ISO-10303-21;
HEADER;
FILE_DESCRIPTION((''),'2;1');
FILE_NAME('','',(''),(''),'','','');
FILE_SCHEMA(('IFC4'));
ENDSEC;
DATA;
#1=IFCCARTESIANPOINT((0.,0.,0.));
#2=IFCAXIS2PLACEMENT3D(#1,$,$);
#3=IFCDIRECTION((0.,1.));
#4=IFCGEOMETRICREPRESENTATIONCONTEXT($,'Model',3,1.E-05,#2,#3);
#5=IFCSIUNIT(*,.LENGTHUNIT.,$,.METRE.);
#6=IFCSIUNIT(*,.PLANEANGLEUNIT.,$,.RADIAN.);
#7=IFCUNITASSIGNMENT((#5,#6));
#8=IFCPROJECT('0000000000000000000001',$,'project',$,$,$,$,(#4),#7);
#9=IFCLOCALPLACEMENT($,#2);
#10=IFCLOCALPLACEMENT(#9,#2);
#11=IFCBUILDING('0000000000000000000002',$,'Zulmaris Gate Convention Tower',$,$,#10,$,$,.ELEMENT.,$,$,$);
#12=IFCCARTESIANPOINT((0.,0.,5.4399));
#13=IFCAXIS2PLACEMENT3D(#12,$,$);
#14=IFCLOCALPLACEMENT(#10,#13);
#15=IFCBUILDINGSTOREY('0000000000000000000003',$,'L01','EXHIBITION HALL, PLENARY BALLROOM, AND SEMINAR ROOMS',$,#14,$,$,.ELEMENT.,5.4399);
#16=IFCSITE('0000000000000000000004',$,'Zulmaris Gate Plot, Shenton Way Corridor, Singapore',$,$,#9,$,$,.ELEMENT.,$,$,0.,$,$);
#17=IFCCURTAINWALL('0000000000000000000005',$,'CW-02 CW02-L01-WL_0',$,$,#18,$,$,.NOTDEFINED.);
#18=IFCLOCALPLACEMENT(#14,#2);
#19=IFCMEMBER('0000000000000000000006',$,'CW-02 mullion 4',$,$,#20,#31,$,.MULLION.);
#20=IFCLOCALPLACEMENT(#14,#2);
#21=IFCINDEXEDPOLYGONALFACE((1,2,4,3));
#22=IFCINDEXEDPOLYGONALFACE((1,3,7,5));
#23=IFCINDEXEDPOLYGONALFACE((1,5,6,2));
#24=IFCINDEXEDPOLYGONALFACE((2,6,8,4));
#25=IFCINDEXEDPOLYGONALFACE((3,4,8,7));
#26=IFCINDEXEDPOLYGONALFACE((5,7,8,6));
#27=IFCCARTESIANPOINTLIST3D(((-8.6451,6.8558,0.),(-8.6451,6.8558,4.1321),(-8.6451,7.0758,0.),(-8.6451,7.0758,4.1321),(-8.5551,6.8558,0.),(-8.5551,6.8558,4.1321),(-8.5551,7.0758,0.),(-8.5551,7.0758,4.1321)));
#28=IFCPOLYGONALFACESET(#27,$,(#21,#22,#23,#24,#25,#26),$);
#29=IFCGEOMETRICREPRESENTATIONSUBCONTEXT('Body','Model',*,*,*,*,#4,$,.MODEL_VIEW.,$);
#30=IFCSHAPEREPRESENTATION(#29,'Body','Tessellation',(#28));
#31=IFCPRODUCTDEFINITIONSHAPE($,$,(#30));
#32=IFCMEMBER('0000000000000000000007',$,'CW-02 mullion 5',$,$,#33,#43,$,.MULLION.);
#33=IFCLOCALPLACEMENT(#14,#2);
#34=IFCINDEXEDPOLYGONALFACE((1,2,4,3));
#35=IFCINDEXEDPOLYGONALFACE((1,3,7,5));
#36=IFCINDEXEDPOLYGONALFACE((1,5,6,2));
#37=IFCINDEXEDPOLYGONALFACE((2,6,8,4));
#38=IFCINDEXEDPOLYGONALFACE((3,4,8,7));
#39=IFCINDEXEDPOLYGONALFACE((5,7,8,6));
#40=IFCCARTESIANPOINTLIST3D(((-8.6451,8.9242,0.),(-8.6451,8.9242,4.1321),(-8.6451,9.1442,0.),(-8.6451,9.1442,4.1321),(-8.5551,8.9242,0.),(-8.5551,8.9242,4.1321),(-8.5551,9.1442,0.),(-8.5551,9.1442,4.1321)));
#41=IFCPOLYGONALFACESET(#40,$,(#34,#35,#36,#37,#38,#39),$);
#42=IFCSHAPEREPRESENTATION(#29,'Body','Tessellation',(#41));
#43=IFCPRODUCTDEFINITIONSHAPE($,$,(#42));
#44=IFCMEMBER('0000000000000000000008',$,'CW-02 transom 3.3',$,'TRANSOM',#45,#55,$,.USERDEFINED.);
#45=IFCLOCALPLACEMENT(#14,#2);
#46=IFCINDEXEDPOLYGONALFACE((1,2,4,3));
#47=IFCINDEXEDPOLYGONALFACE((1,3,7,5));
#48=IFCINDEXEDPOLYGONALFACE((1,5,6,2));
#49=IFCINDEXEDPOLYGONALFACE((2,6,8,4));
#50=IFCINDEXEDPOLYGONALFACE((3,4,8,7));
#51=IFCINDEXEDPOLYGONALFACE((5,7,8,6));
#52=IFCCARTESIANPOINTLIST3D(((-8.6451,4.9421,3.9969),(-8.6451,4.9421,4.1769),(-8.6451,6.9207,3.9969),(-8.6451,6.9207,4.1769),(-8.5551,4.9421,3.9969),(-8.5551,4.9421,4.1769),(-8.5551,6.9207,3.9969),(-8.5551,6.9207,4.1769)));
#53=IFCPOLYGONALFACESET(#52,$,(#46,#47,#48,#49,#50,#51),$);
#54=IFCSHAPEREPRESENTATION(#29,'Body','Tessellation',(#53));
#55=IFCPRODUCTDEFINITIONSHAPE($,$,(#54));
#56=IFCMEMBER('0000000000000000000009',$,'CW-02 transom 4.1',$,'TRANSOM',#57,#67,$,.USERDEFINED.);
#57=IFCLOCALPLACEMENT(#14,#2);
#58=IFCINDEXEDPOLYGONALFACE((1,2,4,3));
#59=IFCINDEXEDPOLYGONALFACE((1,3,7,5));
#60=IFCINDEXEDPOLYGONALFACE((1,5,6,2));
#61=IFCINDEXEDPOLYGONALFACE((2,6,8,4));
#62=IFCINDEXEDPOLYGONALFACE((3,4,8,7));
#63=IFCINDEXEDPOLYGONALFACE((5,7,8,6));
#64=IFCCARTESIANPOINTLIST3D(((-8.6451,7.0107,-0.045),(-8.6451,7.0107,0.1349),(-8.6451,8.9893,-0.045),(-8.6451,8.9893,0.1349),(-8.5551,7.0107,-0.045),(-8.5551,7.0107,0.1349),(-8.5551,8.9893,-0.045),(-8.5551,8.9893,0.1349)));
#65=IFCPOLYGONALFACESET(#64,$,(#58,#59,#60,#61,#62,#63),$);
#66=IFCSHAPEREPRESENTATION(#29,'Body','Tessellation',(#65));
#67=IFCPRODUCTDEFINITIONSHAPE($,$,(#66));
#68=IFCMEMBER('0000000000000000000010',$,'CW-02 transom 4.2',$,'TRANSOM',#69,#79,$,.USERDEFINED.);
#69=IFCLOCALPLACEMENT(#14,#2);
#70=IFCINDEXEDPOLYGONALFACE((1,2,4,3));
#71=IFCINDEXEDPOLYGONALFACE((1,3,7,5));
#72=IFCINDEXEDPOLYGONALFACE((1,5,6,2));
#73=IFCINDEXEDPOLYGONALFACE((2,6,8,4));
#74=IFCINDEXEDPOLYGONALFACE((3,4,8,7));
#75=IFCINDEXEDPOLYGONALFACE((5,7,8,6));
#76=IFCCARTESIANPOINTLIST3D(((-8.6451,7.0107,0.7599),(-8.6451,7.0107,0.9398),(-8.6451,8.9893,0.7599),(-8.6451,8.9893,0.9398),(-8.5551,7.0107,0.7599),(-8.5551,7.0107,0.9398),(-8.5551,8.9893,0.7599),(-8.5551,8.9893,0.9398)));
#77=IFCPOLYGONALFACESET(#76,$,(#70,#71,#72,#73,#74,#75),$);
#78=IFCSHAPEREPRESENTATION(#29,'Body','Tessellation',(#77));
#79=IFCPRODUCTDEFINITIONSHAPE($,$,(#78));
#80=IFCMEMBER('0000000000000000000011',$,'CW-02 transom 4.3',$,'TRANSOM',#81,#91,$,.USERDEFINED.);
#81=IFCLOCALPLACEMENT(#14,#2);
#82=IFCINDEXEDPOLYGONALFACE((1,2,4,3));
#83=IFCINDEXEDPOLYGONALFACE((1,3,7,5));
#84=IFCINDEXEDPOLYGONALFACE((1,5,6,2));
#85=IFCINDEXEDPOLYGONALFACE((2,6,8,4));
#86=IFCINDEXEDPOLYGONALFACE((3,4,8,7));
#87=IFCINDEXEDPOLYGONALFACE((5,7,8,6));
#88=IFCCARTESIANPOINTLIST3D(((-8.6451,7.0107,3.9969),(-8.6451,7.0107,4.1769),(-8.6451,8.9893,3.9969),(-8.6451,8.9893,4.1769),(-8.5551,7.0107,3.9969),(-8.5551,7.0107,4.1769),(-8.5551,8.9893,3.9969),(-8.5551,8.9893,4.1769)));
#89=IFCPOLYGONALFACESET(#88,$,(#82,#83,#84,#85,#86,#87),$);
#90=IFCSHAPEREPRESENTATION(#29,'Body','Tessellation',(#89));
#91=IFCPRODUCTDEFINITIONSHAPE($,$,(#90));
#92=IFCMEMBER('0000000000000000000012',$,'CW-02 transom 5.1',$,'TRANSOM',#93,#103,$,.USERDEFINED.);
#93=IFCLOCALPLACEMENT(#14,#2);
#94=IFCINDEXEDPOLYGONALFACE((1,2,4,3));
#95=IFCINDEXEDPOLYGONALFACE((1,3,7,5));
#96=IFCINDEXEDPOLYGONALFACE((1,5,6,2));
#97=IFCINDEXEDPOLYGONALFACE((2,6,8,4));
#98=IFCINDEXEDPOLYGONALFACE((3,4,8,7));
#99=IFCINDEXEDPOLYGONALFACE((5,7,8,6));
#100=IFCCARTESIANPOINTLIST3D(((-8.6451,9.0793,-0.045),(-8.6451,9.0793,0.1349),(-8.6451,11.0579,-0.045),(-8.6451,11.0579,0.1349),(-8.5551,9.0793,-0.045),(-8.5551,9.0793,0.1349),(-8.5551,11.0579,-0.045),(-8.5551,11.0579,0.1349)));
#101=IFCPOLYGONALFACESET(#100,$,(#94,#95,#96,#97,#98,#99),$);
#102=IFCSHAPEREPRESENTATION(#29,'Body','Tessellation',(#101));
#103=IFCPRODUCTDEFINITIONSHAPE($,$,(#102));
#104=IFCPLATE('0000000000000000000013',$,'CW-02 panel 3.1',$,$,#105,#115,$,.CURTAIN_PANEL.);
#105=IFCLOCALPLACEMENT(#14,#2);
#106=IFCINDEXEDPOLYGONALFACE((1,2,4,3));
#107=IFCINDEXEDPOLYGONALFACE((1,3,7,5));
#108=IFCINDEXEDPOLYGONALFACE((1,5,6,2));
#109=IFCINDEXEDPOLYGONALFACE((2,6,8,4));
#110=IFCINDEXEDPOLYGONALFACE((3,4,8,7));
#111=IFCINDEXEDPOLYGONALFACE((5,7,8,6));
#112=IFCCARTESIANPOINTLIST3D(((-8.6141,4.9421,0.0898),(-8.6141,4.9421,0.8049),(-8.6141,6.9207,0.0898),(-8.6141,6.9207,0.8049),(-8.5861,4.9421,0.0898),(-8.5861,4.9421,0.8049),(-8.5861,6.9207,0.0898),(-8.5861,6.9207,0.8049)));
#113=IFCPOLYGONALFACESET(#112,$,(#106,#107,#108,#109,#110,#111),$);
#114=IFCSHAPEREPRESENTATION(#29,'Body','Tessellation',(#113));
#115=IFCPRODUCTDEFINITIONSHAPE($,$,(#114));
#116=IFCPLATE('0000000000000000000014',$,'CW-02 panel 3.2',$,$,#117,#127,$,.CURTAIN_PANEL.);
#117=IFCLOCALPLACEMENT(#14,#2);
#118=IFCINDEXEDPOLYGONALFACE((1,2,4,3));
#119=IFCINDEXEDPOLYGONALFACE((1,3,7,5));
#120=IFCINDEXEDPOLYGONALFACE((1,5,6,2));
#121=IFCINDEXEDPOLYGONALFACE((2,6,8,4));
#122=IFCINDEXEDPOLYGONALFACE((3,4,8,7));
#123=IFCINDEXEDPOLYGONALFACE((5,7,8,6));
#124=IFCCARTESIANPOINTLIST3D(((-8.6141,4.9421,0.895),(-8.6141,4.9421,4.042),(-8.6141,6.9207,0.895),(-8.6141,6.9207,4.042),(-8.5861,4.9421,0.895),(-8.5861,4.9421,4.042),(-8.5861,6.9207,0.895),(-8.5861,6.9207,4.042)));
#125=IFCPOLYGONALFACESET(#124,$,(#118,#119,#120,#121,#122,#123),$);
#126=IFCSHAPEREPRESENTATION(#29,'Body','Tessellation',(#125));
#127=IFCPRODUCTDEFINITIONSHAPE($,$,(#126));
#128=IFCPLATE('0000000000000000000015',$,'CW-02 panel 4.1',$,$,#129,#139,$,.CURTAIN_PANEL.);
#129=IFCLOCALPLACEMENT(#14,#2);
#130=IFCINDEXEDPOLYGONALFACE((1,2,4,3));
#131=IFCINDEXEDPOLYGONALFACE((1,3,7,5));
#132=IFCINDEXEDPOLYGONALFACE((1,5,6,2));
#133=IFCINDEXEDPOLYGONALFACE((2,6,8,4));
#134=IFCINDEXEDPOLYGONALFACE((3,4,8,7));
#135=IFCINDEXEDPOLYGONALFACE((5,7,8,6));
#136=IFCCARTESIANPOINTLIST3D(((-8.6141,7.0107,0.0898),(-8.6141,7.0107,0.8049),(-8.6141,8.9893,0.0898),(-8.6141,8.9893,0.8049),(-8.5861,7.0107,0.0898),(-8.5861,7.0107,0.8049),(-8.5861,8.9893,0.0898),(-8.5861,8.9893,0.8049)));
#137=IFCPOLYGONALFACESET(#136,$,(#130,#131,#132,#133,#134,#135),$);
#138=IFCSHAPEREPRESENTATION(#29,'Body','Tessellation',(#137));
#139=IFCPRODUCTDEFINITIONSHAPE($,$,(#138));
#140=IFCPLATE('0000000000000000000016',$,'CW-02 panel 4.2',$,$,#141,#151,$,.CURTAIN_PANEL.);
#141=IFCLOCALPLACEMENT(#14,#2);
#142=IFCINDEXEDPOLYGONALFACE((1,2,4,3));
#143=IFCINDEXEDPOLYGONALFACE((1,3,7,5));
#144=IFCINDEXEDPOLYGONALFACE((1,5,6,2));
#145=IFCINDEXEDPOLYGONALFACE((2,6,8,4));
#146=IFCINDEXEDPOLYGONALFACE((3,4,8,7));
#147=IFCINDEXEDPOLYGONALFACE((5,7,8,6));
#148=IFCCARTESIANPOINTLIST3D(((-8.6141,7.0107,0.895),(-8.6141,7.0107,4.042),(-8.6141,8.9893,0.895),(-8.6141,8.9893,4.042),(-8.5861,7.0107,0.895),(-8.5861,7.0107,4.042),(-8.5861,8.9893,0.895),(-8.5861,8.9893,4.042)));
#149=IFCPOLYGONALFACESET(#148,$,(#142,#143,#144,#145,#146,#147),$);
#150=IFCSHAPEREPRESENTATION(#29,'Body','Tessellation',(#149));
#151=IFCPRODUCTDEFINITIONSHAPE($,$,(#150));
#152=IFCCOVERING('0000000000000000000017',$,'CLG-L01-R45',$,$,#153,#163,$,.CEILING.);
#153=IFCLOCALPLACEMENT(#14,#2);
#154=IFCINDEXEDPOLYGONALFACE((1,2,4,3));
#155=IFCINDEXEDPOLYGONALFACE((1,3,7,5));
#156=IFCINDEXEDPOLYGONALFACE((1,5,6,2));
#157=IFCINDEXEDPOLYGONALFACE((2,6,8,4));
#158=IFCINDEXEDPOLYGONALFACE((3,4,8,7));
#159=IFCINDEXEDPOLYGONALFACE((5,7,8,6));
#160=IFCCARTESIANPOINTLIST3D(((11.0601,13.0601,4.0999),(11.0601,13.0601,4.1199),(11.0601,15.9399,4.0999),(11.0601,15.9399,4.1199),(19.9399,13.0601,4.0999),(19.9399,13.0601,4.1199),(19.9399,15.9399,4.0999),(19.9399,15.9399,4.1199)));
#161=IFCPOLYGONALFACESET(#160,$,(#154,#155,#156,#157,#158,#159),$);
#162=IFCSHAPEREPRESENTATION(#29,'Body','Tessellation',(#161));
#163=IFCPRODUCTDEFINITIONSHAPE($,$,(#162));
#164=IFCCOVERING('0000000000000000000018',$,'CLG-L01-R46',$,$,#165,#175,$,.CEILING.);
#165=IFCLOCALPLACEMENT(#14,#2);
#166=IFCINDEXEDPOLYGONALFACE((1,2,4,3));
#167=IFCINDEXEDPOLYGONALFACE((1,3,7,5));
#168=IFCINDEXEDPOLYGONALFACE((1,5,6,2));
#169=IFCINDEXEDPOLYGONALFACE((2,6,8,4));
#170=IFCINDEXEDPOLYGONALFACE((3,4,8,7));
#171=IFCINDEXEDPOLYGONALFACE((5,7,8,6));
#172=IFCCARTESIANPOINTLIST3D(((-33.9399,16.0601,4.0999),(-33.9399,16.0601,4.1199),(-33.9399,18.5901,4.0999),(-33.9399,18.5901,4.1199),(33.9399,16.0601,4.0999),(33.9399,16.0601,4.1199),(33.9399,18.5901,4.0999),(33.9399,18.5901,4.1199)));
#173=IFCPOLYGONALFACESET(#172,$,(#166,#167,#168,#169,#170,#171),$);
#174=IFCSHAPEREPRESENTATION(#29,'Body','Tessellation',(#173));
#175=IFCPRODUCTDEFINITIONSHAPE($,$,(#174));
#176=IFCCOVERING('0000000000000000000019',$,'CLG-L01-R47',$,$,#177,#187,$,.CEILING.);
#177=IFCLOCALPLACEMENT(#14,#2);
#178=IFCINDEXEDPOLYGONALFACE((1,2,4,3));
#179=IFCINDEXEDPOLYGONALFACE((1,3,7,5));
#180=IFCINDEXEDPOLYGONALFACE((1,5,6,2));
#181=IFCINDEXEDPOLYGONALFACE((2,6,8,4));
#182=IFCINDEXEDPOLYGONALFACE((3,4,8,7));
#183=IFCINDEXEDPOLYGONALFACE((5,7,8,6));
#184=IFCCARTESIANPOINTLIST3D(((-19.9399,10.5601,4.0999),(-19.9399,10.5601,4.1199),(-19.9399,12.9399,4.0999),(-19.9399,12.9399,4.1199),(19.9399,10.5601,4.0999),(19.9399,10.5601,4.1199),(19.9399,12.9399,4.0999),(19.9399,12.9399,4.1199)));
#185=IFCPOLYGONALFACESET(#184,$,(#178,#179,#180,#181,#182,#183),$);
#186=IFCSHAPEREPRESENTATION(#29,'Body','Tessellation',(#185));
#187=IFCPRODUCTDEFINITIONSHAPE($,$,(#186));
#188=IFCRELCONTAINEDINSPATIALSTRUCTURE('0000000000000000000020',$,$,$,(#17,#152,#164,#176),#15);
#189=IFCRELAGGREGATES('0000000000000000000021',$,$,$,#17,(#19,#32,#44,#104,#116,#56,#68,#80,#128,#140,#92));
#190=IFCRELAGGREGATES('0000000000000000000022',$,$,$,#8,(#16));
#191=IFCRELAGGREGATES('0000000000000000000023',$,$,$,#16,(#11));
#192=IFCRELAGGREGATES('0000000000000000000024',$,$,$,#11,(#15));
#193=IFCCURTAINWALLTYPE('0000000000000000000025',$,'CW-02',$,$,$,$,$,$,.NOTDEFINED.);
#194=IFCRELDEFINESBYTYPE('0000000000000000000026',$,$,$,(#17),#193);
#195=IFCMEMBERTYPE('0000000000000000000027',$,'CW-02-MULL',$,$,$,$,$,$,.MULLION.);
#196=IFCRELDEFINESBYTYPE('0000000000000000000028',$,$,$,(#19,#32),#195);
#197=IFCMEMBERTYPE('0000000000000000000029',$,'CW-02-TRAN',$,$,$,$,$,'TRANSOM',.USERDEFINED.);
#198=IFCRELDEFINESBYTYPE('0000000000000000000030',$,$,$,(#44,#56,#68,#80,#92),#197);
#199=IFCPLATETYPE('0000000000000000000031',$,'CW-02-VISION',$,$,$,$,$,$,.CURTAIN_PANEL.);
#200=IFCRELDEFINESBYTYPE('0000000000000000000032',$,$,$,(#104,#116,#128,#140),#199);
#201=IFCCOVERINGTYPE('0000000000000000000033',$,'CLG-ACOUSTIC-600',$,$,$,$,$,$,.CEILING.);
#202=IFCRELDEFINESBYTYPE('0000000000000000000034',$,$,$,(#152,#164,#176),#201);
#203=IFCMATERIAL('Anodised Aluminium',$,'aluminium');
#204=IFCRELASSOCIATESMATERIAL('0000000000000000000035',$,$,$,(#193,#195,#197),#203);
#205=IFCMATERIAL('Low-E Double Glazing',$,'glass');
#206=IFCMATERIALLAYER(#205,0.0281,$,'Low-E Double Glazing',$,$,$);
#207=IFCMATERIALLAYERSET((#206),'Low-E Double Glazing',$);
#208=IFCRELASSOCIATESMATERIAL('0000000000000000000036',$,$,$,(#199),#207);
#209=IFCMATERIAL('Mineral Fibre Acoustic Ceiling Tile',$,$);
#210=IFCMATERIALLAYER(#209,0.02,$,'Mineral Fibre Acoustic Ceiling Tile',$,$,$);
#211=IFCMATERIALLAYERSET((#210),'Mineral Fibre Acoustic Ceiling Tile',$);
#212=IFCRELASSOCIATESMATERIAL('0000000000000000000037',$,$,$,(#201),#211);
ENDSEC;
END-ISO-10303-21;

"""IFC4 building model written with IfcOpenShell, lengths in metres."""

from ifc_helpers import new_model, si_unit, direction, frame, origin, origin_2d, place, context, subcontext, project, spatial, polyline, rectangle, outline, extrude, material, layer, layer_set, material_profile, profile_set, type_object, element, aggregate, save


model = new_model("IFC4")

# Units and contexts
model_context = context("Model", 3, precision=1e-05, world=origin(), true_north=direction((0.0, 1.0)))
body_context = subcontext(model_context, "Body", "Model", "MODEL_VIEW")
ifc_project = project(units=[si_unit("LENGTHUNIT", "METRE"), si_unit("PLANEANGLEUNIT", "RADIAN")], contexts=[model_context])

# Site, building, storey
site_placement = place(None, origin())
site = spatial("IfcSite", under=ifc_project, at=site_placement, Name="Zulmaris Gate Plot, Shenton Way Corridor, Singapore", CompositionType="ELEMENT", RefElevation=0.0)
building_placement = place(site_placement, origin())
building = spatial("IfcBuilding", under=site, at=building_placement, Name="Zulmaris Gate Convention Tower", CompositionType="ELEMENT")
storey_placement = place(building_placement, frame((0.0, 0.0, 5.4399)))
storey = spatial("IfcBuildingStorey", under=building, at=storey_placement, Name="L01", Description="EXHIBITION HALL, PLENARY BALLROOM, AND SEMINAR ROOMS", CompositionType="ELEMENT", Elevation=5.4399)

# Curtain wall, members, plates
ifc_material_1 = material(Name="Anodised Aluminium", Category="aluminium")
curtain_wall_type = type_object("IfcCurtainWallType", Name="CW-02", PredefinedType="NOTDEFINED", material=ifc_material_1)
curtain_wall_placement = place(storey_placement, origin())
curtain_wall = element("IfcCurtainWall", 1, at=curtain_wall_placement, inside=storey, type_object=curtain_wall_type, Name="CW-02 CW02-L01-WL_0", PredefinedType="NOTDEFINED")
ifc_material_profile_1 = material_profile(ifc_material_1, rectangle(XDim=0.0901, YDim=0.22, at=origin_2d()), Name="ALU MULLION 90x220")
ifc_profile_set_1 = profile_set([ifc_material_profile_1], Name="Anodised Aluminium")
member_type_1 = type_object("IfcMemberType", Name="CW-02-MULL", PredefinedType="MULLION", material=ifc_profile_set_1)
member_1_placement = place(storey_placement, frame((-8.6001, 6.9658, 0.0), z_axis=(0.0, 0.0, 1.0), x_axis=(-1.0, 0.0, 0.0)))
member_1 = element("IfcMember", 2, at=member_1_placement, type_object=member_type_1, Name="CW-02 mullion 4", PredefinedType="MULLION", context=body_context, shape_type="SweptSolid", body=[
    extrude(rectangle(XDim=0.0901, YDim=0.22, at=origin_2d()), origin(), (0.0, 0.0, 1.0), 4.1321),
])
member_2_placement = place(storey_placement, frame((-8.6001, 9.0342, 0.0), z_axis=(0.0, 0.0, 1.0), x_axis=(-1.0, 0.0, 0.0)))
member_2 = element("IfcMember", 3, at=member_2_placement, type_object=member_type_1, Name="CW-02 mullion 5", PredefinedType="MULLION", context=body_context, shape_type="SweptSolid", body=[
    extrude(rectangle(XDim=0.0901, YDim=0.22, at=origin_2d()), origin(), (0.0, 0.0, 1.0), 4.1321),
])
ifc_material_profile_2 = material_profile(ifc_material_1, rectangle(XDim=0.0901, YDim=0.1799, at=origin_2d()), Name="ALU TRANSOM 90x180")
ifc_profile_set_2 = profile_set([ifc_material_profile_2], Name="Anodised Aluminium")
member_type_2 = type_object("IfcMemberType", Name="CW-02-TRAN", ElementType="TRANSOM", PredefinedType="USERDEFINED", material=ifc_profile_set_2)
member_3_placement = place(storey_placement, frame((-8.6001, 4.9421, 4.0869), z_axis=(0.0, 1.0, 0.0), x_axis=(-1.0, 0.0, 0.0)))
member_3 = element("IfcMember", 4, at=member_3_placement, type_object=member_type_2, Name="CW-02 transom 3.3", ObjectType="TRANSOM", PredefinedType="USERDEFINED", context=body_context, shape_type="SweptSolid", body=[
    extrude(rectangle(XDim=0.0901, YDim=0.1799, at=origin_2d()), origin(), (0.0, 0.0, 1.0), 1.9785),
])
member_4_placement = place(storey_placement, frame((-8.6001, 7.0107, 0.0449), z_axis=(0.0, 1.0, 0.0), x_axis=(-1.0, 0.0, 0.0)))
member_4 = element("IfcMember", 5, at=member_4_placement, type_object=member_type_2, Name="CW-02 transom 4.1", ObjectType="TRANSOM", PredefinedType="USERDEFINED", context=body_context, shape_type="SweptSolid", body=[
    extrude(rectangle(XDim=0.0901, YDim=0.1799, at=origin_2d()), origin(), (0.0, 0.0, 1.0), 1.9785),
])
member_5_placement = place(storey_placement, frame((-8.6001, 7.0107, 0.8499), z_axis=(0.0, 1.0, 0.0), x_axis=(-1.0, 0.0, 0.0)))
member_5 = element("IfcMember", 6, at=member_5_placement, type_object=member_type_2, Name="CW-02 transom 4.2", ObjectType="TRANSOM", PredefinedType="USERDEFINED", context=body_context, shape_type="SweptSolid", body=[
    extrude(rectangle(XDim=0.0901, YDim=0.1799, at=origin_2d()), origin(), (0.0, 0.0, 1.0), 1.9785),
])
member_6_placement = place(storey_placement, frame((-8.6001, 7.0107, 4.0869), z_axis=(0.0, 1.0, 0.0), x_axis=(-1.0, 0.0, 0.0)))
member_6 = element("IfcMember", 7, at=member_6_placement, type_object=member_type_2, Name="CW-02 transom 4.3", ObjectType="TRANSOM", PredefinedType="USERDEFINED", context=body_context, shape_type="SweptSolid", body=[
    extrude(rectangle(XDim=0.0901, YDim=0.1799, at=origin_2d()), origin(), (0.0, 0.0, 1.0), 1.9785),
])
member_7_placement = place(storey_placement, frame((-8.6001, 9.0793, 0.0449), z_axis=(0.0, 1.0, 0.0), x_axis=(-1.0, 0.0, 0.0)))
member_7 = element("IfcMember", 8, at=member_7_placement, type_object=member_type_2, Name="CW-02 transom 5.1", ObjectType="TRANSOM", PredefinedType="USERDEFINED", context=body_context, shape_type="SweptSolid", body=[
    extrude(rectangle(XDim=0.0901, YDim=0.1799, at=origin_2d()), origin(), (0.0, 0.0, 1.0), 1.9785),
])
ifc_material_2 = material(Name="Low-E Double Glazing", Category="glass")
ifc_layer_1 = layer(ifc_material_2, 0.0281, Name="Low-E Double Glazing")
ifc_layer_set_1 = layer_set([ifc_layer_1], Name="Low-E Double Glazing")
plate_type = type_object("IfcPlateType", Name="CW-02-VISION", PredefinedType="CURTAIN_PANEL", material=ifc_layer_set_1)
plate_1_placement = place(storey_placement, frame((-8.6001, 5.9314, 0.0898), z_axis=(0.0, 0.0, 1.0), x_axis=(0.0, 1.0, 0.0)))
plate_1 = element("IfcPlate", 9, at=plate_1_placement, type_object=plate_type, Name="CW-02 panel 3.1", PredefinedType="CURTAIN_PANEL", context=body_context, shape_type="SweptSolid", body=[
    extrude(rectangle(XDim=1.9785, YDim=0.0281, at=origin_2d()), origin(), (0.0, 0.0, 1.0), 0.7151),
])
plate_2_placement = place(storey_placement, frame((-8.6001, 5.9314, 0.895), z_axis=(0.0, 0.0, 1.0), x_axis=(0.0, 1.0, 0.0)))
plate_2 = element("IfcPlate", 10, at=plate_2_placement, type_object=plate_type, Name="CW-02 panel 3.2", PredefinedType="CURTAIN_PANEL", context=body_context, shape_type="SweptSolid", body=[
    extrude(rectangle(XDim=1.9785, YDim=0.0281, at=origin_2d()), origin(), (0.0, 0.0, 1.0), 3.147),
])
plate_3_placement = place(storey_placement, frame((-8.6001, 8.0, 0.0898), z_axis=(0.0, 0.0, 1.0), x_axis=(0.0, 1.0, 0.0)))
plate_3 = element("IfcPlate", 11, at=plate_3_placement, type_object=plate_type, Name="CW-02 panel 4.1", PredefinedType="CURTAIN_PANEL", context=body_context, shape_type="SweptSolid", body=[
    extrude(rectangle(XDim=1.9785, YDim=0.0281, at=origin_2d()), origin(), (0.0, 0.0, 1.0), 0.7151),
])
plate_4_placement = place(storey_placement, frame((-8.6001, 8.0, 0.895), z_axis=(0.0, 0.0, 1.0), x_axis=(0.0, 1.0, 0.0)))
plate_4 = element("IfcPlate", 12, at=plate_4_placement, type_object=plate_type, Name="CW-02 panel 4.2", PredefinedType="CURTAIN_PANEL", context=body_context, shape_type="SweptSolid", body=[
    extrude(rectangle(XDim=1.9785, YDim=0.0281, at=origin_2d()), origin(), (0.0, 0.0, 1.0), 3.147),
])
aggregate(curtain_wall, [member_1, member_2, member_3, plate_1, plate_2, member_4, member_5, member_6, plate_3, plate_4, member_7])

# Coverings
ifc_material_3 = material(Name="Mineral Fibre Acoustic Ceiling Tile")
ifc_layer_2 = layer(ifc_material_3, 0.02, Name="Mineral Fibre Acoustic Ceiling Tile")
ifc_layer_set_2 = layer_set([ifc_layer_2], Name="Mineral Fibre Acoustic Ceiling Tile")
covering_type_1 = type_object("IfcCoveringType", Name="CLG-ACOUSTIC-600", PredefinedType="CEILING", material=ifc_layer_set_2)
covering_1_placement = place(storey_placement, frame((0.0, 0.0, 4.0999)))
element("IfcCovering", 13, at=covering_1_placement, inside=storey, type_object=covering_type_1, Name="CLG-L01-R45", PredefinedType="CEILING", context=body_context, shape_type="SweptSolid", body=[
    extrude(outline(polyline([(11.0601, 13.0601), (19.9399, 13.0601), (19.9399, 15.9399), (11.0601, 15.9399), (11.0601, 13.0601)])), origin(), (0.0, 0.0, 1.0), 0.02),
])
covering_2_placement = place(storey_placement, frame((0.0, 0.0, 4.0999)))
element("IfcCovering", 14, at=covering_2_placement, inside=storey, type_object=covering_type_1, Name="CLG-L01-R46", PredefinedType="CEILING", context=body_context, shape_type="SweptSolid", body=[
    extrude(outline(polyline([(-33.9399, 16.0601), (33.9399, 16.0601), (33.9399, 18.5901), (-33.9399, 18.5901), (-33.9399, 16.0601)])), origin(), (0.0, 0.0, 1.0), 0.02),
])
covering_3_placement = place(storey_placement, frame((0.0, 0.0, 4.0999)))
element("IfcCovering", 15, at=covering_3_placement, inside=storey, type_object=covering_type_1, Name="CLG-L01-R47", PredefinedType="CEILING", context=body_context, shape_type="SweptSolid", body=[
    extrude(outline(polyline([(-19.9399, 10.5601), (19.9399, 10.5601), (19.9399, 12.9399), (-19.9399, 12.9399), (-19.9399, 10.5601)])), origin(), (0.0, 0.0, 1.0), 0.02),
])

save(model, "model.ifc")
